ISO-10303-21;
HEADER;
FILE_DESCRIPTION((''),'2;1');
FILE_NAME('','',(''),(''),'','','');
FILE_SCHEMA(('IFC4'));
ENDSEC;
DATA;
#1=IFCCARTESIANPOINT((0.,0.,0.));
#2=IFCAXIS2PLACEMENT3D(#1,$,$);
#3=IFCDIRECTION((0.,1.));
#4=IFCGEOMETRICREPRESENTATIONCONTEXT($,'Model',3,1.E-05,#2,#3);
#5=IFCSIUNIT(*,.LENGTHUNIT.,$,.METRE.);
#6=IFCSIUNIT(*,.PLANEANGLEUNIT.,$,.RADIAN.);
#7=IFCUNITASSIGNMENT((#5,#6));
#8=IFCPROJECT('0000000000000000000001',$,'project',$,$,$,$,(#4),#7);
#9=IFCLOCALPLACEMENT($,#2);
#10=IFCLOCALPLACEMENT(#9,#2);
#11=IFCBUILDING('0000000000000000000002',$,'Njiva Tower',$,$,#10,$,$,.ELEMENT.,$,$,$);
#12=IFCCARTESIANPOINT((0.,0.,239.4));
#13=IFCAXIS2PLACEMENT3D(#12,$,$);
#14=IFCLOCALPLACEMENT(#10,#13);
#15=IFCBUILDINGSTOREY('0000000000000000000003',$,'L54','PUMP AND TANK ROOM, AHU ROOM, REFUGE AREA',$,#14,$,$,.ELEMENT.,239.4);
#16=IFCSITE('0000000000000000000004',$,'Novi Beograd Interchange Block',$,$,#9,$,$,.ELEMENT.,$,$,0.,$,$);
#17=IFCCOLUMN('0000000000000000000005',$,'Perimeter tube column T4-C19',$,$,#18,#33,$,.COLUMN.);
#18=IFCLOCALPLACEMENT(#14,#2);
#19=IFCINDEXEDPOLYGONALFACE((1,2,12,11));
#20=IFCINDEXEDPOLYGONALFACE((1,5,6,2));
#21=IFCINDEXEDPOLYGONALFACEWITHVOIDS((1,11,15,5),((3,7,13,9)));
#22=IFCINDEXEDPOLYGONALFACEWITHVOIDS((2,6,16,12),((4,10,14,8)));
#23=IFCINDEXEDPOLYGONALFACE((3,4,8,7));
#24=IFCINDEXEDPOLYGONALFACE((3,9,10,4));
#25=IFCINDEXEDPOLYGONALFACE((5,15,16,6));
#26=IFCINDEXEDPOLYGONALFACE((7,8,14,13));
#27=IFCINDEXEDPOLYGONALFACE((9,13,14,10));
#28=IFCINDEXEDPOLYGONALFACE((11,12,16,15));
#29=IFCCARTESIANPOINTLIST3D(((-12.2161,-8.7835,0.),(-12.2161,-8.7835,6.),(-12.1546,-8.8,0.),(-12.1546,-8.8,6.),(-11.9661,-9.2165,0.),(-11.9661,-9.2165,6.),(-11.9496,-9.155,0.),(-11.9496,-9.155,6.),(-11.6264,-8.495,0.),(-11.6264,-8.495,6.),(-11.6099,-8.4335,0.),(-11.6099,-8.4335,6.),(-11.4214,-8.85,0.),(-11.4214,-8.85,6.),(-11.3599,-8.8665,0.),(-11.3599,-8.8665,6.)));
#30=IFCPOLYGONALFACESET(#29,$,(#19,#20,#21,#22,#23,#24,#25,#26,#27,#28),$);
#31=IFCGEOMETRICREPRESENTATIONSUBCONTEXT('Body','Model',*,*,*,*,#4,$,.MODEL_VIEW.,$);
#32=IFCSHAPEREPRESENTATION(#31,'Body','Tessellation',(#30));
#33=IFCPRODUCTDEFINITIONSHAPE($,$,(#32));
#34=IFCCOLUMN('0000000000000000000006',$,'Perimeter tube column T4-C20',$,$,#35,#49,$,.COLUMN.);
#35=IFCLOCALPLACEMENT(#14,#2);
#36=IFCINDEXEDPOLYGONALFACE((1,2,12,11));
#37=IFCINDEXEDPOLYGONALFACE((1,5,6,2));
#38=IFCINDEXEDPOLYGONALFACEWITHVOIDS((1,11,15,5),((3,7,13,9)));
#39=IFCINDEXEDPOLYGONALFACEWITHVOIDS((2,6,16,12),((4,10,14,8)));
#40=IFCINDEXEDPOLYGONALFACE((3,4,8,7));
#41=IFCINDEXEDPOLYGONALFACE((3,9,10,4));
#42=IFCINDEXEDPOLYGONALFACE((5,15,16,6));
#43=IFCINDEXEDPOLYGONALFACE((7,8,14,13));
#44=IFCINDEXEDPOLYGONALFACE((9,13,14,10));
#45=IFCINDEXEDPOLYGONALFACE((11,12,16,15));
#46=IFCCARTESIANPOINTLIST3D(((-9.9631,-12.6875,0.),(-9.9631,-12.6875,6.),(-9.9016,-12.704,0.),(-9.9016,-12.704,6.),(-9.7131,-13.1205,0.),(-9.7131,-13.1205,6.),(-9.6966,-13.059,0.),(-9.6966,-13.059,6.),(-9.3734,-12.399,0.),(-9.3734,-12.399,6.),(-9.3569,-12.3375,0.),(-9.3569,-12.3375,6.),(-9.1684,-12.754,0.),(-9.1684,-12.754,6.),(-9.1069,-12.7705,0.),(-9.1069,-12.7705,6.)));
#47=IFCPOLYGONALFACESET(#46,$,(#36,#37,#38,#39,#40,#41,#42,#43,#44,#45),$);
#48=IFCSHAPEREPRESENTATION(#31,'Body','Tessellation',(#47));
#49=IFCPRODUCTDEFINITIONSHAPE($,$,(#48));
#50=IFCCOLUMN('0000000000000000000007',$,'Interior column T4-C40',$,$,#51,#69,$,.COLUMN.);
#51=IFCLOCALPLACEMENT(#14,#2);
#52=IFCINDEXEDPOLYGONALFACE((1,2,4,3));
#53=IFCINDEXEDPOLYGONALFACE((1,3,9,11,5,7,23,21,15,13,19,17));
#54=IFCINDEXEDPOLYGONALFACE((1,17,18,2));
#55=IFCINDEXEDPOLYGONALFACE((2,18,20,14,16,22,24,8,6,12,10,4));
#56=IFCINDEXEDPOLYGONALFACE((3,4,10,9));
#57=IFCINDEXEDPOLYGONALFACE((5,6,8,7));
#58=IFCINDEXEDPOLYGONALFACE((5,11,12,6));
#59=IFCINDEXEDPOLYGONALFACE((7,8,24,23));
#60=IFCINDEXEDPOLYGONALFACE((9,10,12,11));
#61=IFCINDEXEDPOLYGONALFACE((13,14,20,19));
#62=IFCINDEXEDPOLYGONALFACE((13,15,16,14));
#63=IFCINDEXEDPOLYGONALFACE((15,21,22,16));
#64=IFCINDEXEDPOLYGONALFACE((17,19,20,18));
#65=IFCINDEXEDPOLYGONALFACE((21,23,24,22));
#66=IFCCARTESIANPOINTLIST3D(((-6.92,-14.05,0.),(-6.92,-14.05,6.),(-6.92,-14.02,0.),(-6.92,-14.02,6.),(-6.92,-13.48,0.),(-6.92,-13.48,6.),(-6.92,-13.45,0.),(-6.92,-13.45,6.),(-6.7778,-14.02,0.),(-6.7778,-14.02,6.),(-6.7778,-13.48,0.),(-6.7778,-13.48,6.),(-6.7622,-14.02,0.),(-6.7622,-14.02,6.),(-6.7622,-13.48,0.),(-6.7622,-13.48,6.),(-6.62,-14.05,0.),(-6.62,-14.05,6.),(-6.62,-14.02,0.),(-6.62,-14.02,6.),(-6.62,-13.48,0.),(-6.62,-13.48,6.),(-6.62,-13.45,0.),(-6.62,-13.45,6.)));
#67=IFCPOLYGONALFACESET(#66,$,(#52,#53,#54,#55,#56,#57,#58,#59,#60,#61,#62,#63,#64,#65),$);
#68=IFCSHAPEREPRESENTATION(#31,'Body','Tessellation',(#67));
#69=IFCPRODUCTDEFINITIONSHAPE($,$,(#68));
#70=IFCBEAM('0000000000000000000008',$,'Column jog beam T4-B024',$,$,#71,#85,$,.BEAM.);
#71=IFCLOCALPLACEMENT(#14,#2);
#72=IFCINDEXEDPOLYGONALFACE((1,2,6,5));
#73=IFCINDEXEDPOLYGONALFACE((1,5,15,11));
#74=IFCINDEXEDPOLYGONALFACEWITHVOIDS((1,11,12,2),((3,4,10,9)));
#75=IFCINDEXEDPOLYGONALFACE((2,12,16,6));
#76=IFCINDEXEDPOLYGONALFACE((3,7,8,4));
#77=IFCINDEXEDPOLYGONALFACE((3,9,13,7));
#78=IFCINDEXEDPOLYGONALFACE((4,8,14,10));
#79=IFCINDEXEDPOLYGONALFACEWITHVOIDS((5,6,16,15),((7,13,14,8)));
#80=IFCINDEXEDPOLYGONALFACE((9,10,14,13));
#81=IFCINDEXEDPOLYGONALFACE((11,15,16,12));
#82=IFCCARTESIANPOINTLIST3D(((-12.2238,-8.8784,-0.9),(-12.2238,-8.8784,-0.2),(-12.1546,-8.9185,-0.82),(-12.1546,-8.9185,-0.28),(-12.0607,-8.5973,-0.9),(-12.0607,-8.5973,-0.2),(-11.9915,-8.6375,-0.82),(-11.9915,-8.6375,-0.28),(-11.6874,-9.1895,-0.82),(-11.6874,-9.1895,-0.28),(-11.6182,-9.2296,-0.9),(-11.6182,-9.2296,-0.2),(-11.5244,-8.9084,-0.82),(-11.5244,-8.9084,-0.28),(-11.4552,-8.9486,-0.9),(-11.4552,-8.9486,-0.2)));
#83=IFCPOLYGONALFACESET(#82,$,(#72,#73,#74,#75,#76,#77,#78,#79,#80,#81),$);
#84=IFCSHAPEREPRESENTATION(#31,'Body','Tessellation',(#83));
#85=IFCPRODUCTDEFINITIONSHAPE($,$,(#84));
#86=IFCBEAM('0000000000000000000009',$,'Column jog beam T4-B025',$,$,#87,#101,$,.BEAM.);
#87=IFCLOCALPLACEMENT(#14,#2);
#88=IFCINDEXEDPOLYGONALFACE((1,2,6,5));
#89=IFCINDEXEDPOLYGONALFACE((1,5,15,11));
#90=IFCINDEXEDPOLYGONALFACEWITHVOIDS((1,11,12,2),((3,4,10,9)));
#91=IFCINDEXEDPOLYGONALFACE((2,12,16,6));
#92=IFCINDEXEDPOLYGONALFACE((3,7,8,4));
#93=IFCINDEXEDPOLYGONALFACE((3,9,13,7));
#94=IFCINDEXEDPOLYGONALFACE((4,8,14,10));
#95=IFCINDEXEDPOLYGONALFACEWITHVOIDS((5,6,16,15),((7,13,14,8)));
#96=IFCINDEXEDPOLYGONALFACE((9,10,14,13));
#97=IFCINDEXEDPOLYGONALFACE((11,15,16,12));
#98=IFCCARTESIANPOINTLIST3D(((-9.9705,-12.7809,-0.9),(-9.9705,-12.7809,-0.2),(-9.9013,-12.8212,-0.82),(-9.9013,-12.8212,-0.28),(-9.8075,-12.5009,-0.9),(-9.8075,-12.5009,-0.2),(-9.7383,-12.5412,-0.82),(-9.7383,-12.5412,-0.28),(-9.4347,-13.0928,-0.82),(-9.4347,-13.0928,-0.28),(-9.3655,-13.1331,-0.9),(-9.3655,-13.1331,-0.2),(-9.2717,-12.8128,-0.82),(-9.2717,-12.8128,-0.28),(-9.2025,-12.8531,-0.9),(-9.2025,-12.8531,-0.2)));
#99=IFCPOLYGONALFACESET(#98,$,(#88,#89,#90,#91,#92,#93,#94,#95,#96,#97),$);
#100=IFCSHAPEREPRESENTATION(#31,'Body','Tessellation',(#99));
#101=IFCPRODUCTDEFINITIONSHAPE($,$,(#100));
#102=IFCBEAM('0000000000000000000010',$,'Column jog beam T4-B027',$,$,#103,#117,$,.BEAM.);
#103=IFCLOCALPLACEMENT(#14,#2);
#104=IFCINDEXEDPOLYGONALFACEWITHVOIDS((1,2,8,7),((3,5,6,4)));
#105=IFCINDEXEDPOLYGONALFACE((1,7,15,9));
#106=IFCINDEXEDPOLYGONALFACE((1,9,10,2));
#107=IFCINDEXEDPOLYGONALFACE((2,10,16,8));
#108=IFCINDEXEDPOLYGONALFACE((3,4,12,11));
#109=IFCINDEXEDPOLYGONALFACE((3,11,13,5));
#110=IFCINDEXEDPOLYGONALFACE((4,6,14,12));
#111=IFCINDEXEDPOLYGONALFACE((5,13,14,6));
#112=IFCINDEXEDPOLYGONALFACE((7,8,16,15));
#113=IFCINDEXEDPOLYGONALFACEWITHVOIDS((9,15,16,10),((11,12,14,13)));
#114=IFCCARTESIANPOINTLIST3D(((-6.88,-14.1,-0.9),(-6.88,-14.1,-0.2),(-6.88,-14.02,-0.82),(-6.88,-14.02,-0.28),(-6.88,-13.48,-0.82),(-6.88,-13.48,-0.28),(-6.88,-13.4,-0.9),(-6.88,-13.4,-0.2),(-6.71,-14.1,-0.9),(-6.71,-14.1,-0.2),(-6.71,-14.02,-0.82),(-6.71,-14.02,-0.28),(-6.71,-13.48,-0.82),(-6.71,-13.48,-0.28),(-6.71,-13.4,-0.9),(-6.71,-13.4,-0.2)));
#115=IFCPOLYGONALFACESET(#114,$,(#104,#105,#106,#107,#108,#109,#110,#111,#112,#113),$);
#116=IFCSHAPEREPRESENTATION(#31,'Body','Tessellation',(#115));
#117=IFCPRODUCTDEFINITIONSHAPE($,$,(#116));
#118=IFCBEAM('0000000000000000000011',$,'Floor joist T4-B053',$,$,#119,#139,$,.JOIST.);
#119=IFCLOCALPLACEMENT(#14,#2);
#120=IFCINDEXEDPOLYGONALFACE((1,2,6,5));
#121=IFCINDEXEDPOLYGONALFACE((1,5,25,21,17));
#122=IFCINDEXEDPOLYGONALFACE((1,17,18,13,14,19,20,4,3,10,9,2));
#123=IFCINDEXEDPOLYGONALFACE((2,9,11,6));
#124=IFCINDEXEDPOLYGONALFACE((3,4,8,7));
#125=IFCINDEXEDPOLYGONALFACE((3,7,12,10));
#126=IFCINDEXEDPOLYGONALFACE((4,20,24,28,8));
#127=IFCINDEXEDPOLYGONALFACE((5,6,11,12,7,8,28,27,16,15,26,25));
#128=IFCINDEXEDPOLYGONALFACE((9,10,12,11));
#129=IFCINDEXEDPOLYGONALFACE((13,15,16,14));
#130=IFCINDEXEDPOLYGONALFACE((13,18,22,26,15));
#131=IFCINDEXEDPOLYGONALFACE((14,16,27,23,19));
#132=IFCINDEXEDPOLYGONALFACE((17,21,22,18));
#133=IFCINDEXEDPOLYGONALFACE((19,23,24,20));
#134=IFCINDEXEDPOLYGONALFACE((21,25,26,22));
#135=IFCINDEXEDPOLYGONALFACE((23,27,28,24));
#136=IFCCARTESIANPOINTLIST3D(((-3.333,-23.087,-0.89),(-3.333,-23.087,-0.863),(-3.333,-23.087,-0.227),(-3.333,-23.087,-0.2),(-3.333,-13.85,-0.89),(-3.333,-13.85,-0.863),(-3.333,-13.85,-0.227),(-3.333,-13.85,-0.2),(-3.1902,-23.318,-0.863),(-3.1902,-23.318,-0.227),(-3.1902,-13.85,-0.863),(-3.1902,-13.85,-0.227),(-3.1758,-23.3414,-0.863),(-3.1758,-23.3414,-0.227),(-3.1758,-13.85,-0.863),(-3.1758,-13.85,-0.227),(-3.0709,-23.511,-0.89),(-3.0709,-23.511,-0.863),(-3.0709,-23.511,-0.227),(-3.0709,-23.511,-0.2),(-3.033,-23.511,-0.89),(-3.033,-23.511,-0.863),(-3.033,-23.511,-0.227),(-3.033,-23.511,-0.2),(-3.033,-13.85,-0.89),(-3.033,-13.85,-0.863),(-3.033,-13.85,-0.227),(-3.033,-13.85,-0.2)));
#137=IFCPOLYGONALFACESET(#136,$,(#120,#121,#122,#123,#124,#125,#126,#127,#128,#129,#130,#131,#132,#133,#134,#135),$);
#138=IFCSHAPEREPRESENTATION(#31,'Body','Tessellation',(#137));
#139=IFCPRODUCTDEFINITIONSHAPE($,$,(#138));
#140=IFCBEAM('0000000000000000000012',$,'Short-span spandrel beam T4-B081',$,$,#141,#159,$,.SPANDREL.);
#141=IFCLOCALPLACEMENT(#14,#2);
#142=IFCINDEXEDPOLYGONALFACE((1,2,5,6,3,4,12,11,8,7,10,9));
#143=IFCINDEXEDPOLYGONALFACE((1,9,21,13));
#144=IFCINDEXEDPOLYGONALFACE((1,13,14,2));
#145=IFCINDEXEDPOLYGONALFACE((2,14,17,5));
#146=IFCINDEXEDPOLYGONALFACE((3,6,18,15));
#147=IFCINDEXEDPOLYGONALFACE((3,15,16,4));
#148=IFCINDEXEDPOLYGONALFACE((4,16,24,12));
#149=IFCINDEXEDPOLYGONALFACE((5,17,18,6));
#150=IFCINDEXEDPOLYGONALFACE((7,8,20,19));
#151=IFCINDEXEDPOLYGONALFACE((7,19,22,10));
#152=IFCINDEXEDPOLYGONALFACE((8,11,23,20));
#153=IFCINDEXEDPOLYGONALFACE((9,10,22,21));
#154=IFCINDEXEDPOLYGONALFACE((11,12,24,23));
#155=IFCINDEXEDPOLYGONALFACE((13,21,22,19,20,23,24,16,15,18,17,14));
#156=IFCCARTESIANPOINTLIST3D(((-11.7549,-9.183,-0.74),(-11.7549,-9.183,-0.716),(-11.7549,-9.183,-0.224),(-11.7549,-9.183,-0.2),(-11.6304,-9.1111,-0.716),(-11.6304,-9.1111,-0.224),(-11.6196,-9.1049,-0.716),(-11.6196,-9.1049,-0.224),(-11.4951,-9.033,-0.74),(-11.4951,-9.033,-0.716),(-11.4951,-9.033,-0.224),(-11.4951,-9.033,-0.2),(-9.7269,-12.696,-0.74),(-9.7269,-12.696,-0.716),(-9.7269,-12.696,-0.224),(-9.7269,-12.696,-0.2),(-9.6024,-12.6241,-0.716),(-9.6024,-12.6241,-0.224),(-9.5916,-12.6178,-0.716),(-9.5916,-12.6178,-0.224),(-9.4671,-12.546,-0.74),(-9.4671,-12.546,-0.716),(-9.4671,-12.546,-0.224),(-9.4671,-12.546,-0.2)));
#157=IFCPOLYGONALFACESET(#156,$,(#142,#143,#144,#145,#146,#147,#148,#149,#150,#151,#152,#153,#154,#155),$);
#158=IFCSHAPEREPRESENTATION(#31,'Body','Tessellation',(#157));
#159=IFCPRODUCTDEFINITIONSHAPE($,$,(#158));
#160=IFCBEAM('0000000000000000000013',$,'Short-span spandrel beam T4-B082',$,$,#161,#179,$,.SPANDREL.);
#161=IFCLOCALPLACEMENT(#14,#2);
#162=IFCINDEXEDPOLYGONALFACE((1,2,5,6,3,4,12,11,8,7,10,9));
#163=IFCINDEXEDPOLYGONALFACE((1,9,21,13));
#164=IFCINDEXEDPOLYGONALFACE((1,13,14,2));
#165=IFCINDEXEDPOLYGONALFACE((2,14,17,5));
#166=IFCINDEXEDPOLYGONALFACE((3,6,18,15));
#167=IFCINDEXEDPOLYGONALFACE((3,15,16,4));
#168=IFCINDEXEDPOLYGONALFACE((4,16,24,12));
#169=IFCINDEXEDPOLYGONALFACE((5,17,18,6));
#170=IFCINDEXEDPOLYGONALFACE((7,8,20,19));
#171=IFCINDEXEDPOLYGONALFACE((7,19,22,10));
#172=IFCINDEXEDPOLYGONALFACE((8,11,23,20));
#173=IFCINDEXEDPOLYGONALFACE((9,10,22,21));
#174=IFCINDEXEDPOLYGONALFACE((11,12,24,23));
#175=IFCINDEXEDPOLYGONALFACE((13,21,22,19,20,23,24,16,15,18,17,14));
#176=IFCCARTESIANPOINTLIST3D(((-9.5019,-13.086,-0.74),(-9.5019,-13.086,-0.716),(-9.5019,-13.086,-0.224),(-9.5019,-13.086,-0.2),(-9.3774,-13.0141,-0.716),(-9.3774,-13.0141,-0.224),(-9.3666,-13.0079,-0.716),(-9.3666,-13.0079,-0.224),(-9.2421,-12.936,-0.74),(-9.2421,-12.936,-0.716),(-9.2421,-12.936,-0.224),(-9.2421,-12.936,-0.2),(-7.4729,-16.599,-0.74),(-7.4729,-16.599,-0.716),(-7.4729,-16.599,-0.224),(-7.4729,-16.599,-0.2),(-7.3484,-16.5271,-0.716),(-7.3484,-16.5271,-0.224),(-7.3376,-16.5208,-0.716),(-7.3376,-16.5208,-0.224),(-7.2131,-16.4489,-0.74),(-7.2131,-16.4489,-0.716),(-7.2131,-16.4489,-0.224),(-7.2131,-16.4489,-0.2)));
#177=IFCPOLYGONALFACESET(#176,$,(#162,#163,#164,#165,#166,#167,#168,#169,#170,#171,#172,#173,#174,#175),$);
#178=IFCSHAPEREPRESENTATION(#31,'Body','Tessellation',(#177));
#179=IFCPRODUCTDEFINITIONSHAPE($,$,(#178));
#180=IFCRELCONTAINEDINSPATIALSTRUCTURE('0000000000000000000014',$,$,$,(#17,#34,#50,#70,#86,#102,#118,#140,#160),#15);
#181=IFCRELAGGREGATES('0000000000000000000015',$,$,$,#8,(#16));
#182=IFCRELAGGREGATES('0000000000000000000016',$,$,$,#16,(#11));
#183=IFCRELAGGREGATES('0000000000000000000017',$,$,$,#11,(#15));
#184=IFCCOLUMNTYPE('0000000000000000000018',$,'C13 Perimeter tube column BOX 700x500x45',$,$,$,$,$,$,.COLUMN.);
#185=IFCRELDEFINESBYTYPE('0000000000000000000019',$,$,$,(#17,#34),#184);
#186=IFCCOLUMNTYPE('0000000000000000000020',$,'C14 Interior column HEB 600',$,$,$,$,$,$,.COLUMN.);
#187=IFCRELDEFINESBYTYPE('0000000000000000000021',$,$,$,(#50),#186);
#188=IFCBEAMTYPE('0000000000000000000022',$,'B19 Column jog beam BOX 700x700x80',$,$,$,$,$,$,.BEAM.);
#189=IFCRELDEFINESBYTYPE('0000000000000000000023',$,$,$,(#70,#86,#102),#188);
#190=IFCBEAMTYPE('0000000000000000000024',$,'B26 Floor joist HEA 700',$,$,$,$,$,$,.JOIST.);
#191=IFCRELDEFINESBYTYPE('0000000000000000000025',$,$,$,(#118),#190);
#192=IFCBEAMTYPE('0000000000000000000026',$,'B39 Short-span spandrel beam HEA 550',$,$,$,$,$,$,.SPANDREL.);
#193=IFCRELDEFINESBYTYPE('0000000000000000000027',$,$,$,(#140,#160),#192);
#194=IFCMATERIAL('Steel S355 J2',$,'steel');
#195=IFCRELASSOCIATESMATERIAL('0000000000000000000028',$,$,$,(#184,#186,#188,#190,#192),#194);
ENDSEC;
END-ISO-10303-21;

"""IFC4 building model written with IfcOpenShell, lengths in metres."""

from ifc_helpers import new_model, si_unit, direction, frame, origin, origin_2d, place, context, subcontext, project, spatial, hollow_rectangle, i_section, extrude, clip, halfspace, material, material_profile, profile_set, type_object, element, save


model = new_model("IFC4")

# Units and contexts
model_context = context("Model", 3, precision=1e-05, world=origin(), true_north=direction((0.0, 1.0)))
body_context = subcontext(model_context, "Body", "Model", "MODEL_VIEW")
ifc_project = project(units=[si_unit("LENGTHUNIT", "METRE"), si_unit("PLANEANGLEUNIT", "RADIAN")], contexts=[model_context])

# Site, building, storey
site_placement = place(None, origin())
site = spatial("IfcSite", under=ifc_project, at=site_placement, Name="Novi Beograd Interchange Block", CompositionType="ELEMENT", RefElevation=0.0)
building_placement = place(site_placement, origin())
building = spatial("IfcBuilding", under=site, at=building_placement, Name="Njiva Tower", CompositionType="ELEMENT")
storey_placement = place(building_placement, frame((0.0, 0.0, 239.4)))
storey = spatial("IfcBuildingStorey", under=building, at=storey_placement, Name="L54", Description="PUMP AND TANK ROOM, AHU ROOM, REFUGE AREA", CompositionType="ELEMENT", Elevation=239.4)

# Columns
ifc_material_1 = material(Name="Steel S355 J2", Category="steel")
ifc_material_profile_1 = material_profile(ifc_material_1, hollow_rectangle(XDim=0.5, YDim=0.7, WallThickness=0.045, at=origin_2d()), Name="BOX 700x500x45")
ifc_profile_set_1 = profile_set([ifc_material_profile_1], Name="Steel S355 J2")
column_type_1 = type_object("IfcColumnType", Name="C13 Perimeter tube column BOX 700x500x45", PredefinedType="COLUMN", material=ifc_profile_set_1)
for number, where, z_axis, x_axis, name in (
    (1, (-11.788, -8.825, 0.0), (0.0, 0.0, 1.0), (0.5, -0.866025, 0.0), "Perimeter tube column T4-C19"),
    (2, (-9.535, -12.729, 0.0), (0.0, 0.0, 1.0), (0.5, -0.866025, 0.0), "Perimeter tube column T4-C20"),
):
    element("IfcColumn", number, at=place(storey_placement, frame(where, z_axis=z_axis, x_axis=x_axis)), inside=storey, type_object=column_type_1, Name=name, PredefinedType="COLUMN", context=body_context, shape_type="SweptSolid", body=[
        extrude(hollow_rectangle(XDim=0.5, YDim=0.7, WallThickness=0.045, at=origin_2d()), origin(), (0.0, 0.0, 1.0), 6.0),
    ])
ifc_material_profile_2 = material_profile(ifc_material_1, i_section(OverallWidth=0.3, OverallDepth=0.6, WebThickness=0.0155, FlangeThickness=0.03, at=origin_2d()), Name="HEB 600")
ifc_profile_set_2 = profile_set([ifc_material_profile_2], Name="Steel S355 J2")
column_type_2 = type_object("IfcColumnType", Name="C14 Interior column HEB 600", PredefinedType="COLUMN", material=ifc_profile_set_2)
column_placement = place(storey_placement, frame((-6.77, -13.75, 0.0), z_axis=(0.0, 0.0, 1.0), x_axis=(1.0, 0.0, 0.0)))
element("IfcColumn", 3, at=column_placement, inside=storey, type_object=column_type_2, Name="Interior column T4-C40", PredefinedType="COLUMN", context=body_context, shape_type="SweptSolid", body=[
    extrude(i_section(OverallWidth=0.3, OverallDepth=0.6, WebThickness=0.0155, FlangeThickness=0.03, at=origin_2d()), origin(), (0.0, 0.0, 1.0), 6.0),
])

# Beams
ifc_material_profile_3 = material_profile(ifc_material_1, hollow_rectangle(XDim=0.7, YDim=0.7, WallThickness=0.08, at=origin_2d()), Name="BOX 700x700x80")
ifc_profile_set_3 = profile_set([ifc_material_profile_3], Name="Steel S355 J2")
beam_type_1 = type_object("IfcBeamType", Name="B19 Column jog beam BOX 700x700x80", PredefinedType="BEAM", material=ifc_profile_set_3)
beam_1_placement = place(storey_placement, frame((-11.921, -9.054, -0.55), z_axis=(0.501764, 0.865004, 0.0), x_axis=(-0.865004, 0.501764, 0.0)))
element("IfcBeam", 4, at=beam_1_placement, inside=storey, type_object=beam_type_1, Name="Column jog beam T4-B024", PredefinedType="BEAM", context=body_context, shape_type="SweptSolid", body=[
    extrude(hollow_rectangle(XDim=0.7, YDim=0.7, WallThickness=0.08, at=origin_2d()), origin(), (0.0, 0.0, 1.0), 0.3249),
])
beam_2_placement = place(storey_placement, frame((-9.668, -12.957, -0.55), z_axis=(0.503103, 0.864226, 0.0), x_axis=(-0.864226, 0.503103, 0.0)))
element("IfcBeam", 5, at=beam_2_placement, inside=storey, type_object=beam_type_1, Name="Column jog beam T4-B025", PredefinedType="BEAM", context=body_context, shape_type="SweptSolid", body=[
    extrude(hollow_rectangle(XDim=0.7, YDim=0.7, WallThickness=0.08, at=origin_2d()), origin(), (0.0, 0.0, 1.0), 0.324),
])
beam_3_placement = place(storey_placement, frame((-6.88, -13.75, -0.55), z_axis=(1.0, 0.0, 0.0), x_axis=(0.0, 1.0, 0.0)))
element("IfcBeam", 6, at=beam_3_placement, inside=storey, type_object=beam_type_1, Name="Column jog beam T4-B027", PredefinedType="BEAM", context=body_context, shape_type="SweptSolid", body=[
    extrude(hollow_rectangle(XDim=0.7, YDim=0.7, WallThickness=0.08, at=origin_2d()), origin(), (0.0, 0.0, 1.0), 0.17),
])
ifc_material_profile_4 = material_profile(ifc_material_1, i_section(OverallWidth=0.3, OverallDepth=0.69, WebThickness=0.0145, FlangeThickness=0.027, at=origin_2d()), Name="HEA 700")
ifc_profile_set_4 = profile_set([ifc_material_profile_4], Name="Steel S355 J2")
beam_type_2 = type_object("IfcBeamType", Name="B26 Floor joist HEA 700", PredefinedType="JOIST", material=ifc_profile_set_4)
beam_4_placement = place(storey_placement, frame((-3.183, -13.85, -0.545), z_axis=(0.0, -1.0, 0.0), x_axis=(1.0, 0.0, 0.0)))
element("IfcBeam", 7, at=beam_4_placement, inside=storey, type_object=beam_type_2, Name="Floor joist T4-B053", PredefinedType="JOIST", context=body_context, shape_type="Clipping", body=[
    clip(extrude(i_section(OverallWidth=0.3, OverallDepth=0.69, WebThickness=0.0145, FlangeThickness=0.027, at=origin_2d()), origin(), (0.0, 0.0, 1.0), 9.661), halfspace(frame((-0.0429, 0.0, 9.4103), z_axis=(-0.85062, 0.0, 0.52578), x_axis=(0.0, 1.0, 0.0)), False)),
])
ifc_material_profile_5 = material_profile(ifc_material_1, i_section(OverallWidth=0.3, OverallDepth=0.54, WebThickness=0.0125, FlangeThickness=0.024, at=origin_2d()), Name="HEA 550")
ifc_profile_set_5 = profile_set([ifc_material_profile_5], Name="Steel S355 J2")
beam_type_3 = type_object("IfcBeamType", Name="B39 Short-span spandrel beam HEA 550", PredefinedType="SPANDREL", material=ifc_profile_set_5)
beam_5_placement = place(storey_placement, frame((-11.625, -9.108, -0.47), z_axis=(0.499957, -0.86605, 0.0), x_axis=(0.86605, 0.499957, 0.0)))
element("IfcBeam", 8, at=beam_5_placement, inside=storey, type_object=beam_type_3, Name="Short-span spandrel beam T4-B081", PredefinedType="SPANDREL", context=body_context, shape_type="SweptSolid", body=[
    extrude(i_section(OverallWidth=0.3, OverallDepth=0.54, WebThickness=0.0125, FlangeThickness=0.024, at=origin_2d()), origin(), (0.0, 0.0, 1.0), 4.0563),
])
beam_6_placement = place(storey_placement, frame((-9.372, -13.011, -0.47), z_axis=(0.500142, -0.865943, 0.0), x_axis=(0.865943, 0.500142, 0.0)))
element("IfcBeam", 9, at=beam_6_placement, inside=storey, type_object=beam_type_3, Name="Short-span spandrel beam T4-B082", PredefinedType="SPANDREL", context=body_context, shape_type="SweptSolid", body=[
    extrude(i_section(OverallWidth=0.3, OverallDepth=0.54, WebThickness=0.0125, FlangeThickness=0.024, at=origin_2d()), origin(), (0.0, 0.0, 1.0), 4.0568),
])

save(model, "model.ifc")
